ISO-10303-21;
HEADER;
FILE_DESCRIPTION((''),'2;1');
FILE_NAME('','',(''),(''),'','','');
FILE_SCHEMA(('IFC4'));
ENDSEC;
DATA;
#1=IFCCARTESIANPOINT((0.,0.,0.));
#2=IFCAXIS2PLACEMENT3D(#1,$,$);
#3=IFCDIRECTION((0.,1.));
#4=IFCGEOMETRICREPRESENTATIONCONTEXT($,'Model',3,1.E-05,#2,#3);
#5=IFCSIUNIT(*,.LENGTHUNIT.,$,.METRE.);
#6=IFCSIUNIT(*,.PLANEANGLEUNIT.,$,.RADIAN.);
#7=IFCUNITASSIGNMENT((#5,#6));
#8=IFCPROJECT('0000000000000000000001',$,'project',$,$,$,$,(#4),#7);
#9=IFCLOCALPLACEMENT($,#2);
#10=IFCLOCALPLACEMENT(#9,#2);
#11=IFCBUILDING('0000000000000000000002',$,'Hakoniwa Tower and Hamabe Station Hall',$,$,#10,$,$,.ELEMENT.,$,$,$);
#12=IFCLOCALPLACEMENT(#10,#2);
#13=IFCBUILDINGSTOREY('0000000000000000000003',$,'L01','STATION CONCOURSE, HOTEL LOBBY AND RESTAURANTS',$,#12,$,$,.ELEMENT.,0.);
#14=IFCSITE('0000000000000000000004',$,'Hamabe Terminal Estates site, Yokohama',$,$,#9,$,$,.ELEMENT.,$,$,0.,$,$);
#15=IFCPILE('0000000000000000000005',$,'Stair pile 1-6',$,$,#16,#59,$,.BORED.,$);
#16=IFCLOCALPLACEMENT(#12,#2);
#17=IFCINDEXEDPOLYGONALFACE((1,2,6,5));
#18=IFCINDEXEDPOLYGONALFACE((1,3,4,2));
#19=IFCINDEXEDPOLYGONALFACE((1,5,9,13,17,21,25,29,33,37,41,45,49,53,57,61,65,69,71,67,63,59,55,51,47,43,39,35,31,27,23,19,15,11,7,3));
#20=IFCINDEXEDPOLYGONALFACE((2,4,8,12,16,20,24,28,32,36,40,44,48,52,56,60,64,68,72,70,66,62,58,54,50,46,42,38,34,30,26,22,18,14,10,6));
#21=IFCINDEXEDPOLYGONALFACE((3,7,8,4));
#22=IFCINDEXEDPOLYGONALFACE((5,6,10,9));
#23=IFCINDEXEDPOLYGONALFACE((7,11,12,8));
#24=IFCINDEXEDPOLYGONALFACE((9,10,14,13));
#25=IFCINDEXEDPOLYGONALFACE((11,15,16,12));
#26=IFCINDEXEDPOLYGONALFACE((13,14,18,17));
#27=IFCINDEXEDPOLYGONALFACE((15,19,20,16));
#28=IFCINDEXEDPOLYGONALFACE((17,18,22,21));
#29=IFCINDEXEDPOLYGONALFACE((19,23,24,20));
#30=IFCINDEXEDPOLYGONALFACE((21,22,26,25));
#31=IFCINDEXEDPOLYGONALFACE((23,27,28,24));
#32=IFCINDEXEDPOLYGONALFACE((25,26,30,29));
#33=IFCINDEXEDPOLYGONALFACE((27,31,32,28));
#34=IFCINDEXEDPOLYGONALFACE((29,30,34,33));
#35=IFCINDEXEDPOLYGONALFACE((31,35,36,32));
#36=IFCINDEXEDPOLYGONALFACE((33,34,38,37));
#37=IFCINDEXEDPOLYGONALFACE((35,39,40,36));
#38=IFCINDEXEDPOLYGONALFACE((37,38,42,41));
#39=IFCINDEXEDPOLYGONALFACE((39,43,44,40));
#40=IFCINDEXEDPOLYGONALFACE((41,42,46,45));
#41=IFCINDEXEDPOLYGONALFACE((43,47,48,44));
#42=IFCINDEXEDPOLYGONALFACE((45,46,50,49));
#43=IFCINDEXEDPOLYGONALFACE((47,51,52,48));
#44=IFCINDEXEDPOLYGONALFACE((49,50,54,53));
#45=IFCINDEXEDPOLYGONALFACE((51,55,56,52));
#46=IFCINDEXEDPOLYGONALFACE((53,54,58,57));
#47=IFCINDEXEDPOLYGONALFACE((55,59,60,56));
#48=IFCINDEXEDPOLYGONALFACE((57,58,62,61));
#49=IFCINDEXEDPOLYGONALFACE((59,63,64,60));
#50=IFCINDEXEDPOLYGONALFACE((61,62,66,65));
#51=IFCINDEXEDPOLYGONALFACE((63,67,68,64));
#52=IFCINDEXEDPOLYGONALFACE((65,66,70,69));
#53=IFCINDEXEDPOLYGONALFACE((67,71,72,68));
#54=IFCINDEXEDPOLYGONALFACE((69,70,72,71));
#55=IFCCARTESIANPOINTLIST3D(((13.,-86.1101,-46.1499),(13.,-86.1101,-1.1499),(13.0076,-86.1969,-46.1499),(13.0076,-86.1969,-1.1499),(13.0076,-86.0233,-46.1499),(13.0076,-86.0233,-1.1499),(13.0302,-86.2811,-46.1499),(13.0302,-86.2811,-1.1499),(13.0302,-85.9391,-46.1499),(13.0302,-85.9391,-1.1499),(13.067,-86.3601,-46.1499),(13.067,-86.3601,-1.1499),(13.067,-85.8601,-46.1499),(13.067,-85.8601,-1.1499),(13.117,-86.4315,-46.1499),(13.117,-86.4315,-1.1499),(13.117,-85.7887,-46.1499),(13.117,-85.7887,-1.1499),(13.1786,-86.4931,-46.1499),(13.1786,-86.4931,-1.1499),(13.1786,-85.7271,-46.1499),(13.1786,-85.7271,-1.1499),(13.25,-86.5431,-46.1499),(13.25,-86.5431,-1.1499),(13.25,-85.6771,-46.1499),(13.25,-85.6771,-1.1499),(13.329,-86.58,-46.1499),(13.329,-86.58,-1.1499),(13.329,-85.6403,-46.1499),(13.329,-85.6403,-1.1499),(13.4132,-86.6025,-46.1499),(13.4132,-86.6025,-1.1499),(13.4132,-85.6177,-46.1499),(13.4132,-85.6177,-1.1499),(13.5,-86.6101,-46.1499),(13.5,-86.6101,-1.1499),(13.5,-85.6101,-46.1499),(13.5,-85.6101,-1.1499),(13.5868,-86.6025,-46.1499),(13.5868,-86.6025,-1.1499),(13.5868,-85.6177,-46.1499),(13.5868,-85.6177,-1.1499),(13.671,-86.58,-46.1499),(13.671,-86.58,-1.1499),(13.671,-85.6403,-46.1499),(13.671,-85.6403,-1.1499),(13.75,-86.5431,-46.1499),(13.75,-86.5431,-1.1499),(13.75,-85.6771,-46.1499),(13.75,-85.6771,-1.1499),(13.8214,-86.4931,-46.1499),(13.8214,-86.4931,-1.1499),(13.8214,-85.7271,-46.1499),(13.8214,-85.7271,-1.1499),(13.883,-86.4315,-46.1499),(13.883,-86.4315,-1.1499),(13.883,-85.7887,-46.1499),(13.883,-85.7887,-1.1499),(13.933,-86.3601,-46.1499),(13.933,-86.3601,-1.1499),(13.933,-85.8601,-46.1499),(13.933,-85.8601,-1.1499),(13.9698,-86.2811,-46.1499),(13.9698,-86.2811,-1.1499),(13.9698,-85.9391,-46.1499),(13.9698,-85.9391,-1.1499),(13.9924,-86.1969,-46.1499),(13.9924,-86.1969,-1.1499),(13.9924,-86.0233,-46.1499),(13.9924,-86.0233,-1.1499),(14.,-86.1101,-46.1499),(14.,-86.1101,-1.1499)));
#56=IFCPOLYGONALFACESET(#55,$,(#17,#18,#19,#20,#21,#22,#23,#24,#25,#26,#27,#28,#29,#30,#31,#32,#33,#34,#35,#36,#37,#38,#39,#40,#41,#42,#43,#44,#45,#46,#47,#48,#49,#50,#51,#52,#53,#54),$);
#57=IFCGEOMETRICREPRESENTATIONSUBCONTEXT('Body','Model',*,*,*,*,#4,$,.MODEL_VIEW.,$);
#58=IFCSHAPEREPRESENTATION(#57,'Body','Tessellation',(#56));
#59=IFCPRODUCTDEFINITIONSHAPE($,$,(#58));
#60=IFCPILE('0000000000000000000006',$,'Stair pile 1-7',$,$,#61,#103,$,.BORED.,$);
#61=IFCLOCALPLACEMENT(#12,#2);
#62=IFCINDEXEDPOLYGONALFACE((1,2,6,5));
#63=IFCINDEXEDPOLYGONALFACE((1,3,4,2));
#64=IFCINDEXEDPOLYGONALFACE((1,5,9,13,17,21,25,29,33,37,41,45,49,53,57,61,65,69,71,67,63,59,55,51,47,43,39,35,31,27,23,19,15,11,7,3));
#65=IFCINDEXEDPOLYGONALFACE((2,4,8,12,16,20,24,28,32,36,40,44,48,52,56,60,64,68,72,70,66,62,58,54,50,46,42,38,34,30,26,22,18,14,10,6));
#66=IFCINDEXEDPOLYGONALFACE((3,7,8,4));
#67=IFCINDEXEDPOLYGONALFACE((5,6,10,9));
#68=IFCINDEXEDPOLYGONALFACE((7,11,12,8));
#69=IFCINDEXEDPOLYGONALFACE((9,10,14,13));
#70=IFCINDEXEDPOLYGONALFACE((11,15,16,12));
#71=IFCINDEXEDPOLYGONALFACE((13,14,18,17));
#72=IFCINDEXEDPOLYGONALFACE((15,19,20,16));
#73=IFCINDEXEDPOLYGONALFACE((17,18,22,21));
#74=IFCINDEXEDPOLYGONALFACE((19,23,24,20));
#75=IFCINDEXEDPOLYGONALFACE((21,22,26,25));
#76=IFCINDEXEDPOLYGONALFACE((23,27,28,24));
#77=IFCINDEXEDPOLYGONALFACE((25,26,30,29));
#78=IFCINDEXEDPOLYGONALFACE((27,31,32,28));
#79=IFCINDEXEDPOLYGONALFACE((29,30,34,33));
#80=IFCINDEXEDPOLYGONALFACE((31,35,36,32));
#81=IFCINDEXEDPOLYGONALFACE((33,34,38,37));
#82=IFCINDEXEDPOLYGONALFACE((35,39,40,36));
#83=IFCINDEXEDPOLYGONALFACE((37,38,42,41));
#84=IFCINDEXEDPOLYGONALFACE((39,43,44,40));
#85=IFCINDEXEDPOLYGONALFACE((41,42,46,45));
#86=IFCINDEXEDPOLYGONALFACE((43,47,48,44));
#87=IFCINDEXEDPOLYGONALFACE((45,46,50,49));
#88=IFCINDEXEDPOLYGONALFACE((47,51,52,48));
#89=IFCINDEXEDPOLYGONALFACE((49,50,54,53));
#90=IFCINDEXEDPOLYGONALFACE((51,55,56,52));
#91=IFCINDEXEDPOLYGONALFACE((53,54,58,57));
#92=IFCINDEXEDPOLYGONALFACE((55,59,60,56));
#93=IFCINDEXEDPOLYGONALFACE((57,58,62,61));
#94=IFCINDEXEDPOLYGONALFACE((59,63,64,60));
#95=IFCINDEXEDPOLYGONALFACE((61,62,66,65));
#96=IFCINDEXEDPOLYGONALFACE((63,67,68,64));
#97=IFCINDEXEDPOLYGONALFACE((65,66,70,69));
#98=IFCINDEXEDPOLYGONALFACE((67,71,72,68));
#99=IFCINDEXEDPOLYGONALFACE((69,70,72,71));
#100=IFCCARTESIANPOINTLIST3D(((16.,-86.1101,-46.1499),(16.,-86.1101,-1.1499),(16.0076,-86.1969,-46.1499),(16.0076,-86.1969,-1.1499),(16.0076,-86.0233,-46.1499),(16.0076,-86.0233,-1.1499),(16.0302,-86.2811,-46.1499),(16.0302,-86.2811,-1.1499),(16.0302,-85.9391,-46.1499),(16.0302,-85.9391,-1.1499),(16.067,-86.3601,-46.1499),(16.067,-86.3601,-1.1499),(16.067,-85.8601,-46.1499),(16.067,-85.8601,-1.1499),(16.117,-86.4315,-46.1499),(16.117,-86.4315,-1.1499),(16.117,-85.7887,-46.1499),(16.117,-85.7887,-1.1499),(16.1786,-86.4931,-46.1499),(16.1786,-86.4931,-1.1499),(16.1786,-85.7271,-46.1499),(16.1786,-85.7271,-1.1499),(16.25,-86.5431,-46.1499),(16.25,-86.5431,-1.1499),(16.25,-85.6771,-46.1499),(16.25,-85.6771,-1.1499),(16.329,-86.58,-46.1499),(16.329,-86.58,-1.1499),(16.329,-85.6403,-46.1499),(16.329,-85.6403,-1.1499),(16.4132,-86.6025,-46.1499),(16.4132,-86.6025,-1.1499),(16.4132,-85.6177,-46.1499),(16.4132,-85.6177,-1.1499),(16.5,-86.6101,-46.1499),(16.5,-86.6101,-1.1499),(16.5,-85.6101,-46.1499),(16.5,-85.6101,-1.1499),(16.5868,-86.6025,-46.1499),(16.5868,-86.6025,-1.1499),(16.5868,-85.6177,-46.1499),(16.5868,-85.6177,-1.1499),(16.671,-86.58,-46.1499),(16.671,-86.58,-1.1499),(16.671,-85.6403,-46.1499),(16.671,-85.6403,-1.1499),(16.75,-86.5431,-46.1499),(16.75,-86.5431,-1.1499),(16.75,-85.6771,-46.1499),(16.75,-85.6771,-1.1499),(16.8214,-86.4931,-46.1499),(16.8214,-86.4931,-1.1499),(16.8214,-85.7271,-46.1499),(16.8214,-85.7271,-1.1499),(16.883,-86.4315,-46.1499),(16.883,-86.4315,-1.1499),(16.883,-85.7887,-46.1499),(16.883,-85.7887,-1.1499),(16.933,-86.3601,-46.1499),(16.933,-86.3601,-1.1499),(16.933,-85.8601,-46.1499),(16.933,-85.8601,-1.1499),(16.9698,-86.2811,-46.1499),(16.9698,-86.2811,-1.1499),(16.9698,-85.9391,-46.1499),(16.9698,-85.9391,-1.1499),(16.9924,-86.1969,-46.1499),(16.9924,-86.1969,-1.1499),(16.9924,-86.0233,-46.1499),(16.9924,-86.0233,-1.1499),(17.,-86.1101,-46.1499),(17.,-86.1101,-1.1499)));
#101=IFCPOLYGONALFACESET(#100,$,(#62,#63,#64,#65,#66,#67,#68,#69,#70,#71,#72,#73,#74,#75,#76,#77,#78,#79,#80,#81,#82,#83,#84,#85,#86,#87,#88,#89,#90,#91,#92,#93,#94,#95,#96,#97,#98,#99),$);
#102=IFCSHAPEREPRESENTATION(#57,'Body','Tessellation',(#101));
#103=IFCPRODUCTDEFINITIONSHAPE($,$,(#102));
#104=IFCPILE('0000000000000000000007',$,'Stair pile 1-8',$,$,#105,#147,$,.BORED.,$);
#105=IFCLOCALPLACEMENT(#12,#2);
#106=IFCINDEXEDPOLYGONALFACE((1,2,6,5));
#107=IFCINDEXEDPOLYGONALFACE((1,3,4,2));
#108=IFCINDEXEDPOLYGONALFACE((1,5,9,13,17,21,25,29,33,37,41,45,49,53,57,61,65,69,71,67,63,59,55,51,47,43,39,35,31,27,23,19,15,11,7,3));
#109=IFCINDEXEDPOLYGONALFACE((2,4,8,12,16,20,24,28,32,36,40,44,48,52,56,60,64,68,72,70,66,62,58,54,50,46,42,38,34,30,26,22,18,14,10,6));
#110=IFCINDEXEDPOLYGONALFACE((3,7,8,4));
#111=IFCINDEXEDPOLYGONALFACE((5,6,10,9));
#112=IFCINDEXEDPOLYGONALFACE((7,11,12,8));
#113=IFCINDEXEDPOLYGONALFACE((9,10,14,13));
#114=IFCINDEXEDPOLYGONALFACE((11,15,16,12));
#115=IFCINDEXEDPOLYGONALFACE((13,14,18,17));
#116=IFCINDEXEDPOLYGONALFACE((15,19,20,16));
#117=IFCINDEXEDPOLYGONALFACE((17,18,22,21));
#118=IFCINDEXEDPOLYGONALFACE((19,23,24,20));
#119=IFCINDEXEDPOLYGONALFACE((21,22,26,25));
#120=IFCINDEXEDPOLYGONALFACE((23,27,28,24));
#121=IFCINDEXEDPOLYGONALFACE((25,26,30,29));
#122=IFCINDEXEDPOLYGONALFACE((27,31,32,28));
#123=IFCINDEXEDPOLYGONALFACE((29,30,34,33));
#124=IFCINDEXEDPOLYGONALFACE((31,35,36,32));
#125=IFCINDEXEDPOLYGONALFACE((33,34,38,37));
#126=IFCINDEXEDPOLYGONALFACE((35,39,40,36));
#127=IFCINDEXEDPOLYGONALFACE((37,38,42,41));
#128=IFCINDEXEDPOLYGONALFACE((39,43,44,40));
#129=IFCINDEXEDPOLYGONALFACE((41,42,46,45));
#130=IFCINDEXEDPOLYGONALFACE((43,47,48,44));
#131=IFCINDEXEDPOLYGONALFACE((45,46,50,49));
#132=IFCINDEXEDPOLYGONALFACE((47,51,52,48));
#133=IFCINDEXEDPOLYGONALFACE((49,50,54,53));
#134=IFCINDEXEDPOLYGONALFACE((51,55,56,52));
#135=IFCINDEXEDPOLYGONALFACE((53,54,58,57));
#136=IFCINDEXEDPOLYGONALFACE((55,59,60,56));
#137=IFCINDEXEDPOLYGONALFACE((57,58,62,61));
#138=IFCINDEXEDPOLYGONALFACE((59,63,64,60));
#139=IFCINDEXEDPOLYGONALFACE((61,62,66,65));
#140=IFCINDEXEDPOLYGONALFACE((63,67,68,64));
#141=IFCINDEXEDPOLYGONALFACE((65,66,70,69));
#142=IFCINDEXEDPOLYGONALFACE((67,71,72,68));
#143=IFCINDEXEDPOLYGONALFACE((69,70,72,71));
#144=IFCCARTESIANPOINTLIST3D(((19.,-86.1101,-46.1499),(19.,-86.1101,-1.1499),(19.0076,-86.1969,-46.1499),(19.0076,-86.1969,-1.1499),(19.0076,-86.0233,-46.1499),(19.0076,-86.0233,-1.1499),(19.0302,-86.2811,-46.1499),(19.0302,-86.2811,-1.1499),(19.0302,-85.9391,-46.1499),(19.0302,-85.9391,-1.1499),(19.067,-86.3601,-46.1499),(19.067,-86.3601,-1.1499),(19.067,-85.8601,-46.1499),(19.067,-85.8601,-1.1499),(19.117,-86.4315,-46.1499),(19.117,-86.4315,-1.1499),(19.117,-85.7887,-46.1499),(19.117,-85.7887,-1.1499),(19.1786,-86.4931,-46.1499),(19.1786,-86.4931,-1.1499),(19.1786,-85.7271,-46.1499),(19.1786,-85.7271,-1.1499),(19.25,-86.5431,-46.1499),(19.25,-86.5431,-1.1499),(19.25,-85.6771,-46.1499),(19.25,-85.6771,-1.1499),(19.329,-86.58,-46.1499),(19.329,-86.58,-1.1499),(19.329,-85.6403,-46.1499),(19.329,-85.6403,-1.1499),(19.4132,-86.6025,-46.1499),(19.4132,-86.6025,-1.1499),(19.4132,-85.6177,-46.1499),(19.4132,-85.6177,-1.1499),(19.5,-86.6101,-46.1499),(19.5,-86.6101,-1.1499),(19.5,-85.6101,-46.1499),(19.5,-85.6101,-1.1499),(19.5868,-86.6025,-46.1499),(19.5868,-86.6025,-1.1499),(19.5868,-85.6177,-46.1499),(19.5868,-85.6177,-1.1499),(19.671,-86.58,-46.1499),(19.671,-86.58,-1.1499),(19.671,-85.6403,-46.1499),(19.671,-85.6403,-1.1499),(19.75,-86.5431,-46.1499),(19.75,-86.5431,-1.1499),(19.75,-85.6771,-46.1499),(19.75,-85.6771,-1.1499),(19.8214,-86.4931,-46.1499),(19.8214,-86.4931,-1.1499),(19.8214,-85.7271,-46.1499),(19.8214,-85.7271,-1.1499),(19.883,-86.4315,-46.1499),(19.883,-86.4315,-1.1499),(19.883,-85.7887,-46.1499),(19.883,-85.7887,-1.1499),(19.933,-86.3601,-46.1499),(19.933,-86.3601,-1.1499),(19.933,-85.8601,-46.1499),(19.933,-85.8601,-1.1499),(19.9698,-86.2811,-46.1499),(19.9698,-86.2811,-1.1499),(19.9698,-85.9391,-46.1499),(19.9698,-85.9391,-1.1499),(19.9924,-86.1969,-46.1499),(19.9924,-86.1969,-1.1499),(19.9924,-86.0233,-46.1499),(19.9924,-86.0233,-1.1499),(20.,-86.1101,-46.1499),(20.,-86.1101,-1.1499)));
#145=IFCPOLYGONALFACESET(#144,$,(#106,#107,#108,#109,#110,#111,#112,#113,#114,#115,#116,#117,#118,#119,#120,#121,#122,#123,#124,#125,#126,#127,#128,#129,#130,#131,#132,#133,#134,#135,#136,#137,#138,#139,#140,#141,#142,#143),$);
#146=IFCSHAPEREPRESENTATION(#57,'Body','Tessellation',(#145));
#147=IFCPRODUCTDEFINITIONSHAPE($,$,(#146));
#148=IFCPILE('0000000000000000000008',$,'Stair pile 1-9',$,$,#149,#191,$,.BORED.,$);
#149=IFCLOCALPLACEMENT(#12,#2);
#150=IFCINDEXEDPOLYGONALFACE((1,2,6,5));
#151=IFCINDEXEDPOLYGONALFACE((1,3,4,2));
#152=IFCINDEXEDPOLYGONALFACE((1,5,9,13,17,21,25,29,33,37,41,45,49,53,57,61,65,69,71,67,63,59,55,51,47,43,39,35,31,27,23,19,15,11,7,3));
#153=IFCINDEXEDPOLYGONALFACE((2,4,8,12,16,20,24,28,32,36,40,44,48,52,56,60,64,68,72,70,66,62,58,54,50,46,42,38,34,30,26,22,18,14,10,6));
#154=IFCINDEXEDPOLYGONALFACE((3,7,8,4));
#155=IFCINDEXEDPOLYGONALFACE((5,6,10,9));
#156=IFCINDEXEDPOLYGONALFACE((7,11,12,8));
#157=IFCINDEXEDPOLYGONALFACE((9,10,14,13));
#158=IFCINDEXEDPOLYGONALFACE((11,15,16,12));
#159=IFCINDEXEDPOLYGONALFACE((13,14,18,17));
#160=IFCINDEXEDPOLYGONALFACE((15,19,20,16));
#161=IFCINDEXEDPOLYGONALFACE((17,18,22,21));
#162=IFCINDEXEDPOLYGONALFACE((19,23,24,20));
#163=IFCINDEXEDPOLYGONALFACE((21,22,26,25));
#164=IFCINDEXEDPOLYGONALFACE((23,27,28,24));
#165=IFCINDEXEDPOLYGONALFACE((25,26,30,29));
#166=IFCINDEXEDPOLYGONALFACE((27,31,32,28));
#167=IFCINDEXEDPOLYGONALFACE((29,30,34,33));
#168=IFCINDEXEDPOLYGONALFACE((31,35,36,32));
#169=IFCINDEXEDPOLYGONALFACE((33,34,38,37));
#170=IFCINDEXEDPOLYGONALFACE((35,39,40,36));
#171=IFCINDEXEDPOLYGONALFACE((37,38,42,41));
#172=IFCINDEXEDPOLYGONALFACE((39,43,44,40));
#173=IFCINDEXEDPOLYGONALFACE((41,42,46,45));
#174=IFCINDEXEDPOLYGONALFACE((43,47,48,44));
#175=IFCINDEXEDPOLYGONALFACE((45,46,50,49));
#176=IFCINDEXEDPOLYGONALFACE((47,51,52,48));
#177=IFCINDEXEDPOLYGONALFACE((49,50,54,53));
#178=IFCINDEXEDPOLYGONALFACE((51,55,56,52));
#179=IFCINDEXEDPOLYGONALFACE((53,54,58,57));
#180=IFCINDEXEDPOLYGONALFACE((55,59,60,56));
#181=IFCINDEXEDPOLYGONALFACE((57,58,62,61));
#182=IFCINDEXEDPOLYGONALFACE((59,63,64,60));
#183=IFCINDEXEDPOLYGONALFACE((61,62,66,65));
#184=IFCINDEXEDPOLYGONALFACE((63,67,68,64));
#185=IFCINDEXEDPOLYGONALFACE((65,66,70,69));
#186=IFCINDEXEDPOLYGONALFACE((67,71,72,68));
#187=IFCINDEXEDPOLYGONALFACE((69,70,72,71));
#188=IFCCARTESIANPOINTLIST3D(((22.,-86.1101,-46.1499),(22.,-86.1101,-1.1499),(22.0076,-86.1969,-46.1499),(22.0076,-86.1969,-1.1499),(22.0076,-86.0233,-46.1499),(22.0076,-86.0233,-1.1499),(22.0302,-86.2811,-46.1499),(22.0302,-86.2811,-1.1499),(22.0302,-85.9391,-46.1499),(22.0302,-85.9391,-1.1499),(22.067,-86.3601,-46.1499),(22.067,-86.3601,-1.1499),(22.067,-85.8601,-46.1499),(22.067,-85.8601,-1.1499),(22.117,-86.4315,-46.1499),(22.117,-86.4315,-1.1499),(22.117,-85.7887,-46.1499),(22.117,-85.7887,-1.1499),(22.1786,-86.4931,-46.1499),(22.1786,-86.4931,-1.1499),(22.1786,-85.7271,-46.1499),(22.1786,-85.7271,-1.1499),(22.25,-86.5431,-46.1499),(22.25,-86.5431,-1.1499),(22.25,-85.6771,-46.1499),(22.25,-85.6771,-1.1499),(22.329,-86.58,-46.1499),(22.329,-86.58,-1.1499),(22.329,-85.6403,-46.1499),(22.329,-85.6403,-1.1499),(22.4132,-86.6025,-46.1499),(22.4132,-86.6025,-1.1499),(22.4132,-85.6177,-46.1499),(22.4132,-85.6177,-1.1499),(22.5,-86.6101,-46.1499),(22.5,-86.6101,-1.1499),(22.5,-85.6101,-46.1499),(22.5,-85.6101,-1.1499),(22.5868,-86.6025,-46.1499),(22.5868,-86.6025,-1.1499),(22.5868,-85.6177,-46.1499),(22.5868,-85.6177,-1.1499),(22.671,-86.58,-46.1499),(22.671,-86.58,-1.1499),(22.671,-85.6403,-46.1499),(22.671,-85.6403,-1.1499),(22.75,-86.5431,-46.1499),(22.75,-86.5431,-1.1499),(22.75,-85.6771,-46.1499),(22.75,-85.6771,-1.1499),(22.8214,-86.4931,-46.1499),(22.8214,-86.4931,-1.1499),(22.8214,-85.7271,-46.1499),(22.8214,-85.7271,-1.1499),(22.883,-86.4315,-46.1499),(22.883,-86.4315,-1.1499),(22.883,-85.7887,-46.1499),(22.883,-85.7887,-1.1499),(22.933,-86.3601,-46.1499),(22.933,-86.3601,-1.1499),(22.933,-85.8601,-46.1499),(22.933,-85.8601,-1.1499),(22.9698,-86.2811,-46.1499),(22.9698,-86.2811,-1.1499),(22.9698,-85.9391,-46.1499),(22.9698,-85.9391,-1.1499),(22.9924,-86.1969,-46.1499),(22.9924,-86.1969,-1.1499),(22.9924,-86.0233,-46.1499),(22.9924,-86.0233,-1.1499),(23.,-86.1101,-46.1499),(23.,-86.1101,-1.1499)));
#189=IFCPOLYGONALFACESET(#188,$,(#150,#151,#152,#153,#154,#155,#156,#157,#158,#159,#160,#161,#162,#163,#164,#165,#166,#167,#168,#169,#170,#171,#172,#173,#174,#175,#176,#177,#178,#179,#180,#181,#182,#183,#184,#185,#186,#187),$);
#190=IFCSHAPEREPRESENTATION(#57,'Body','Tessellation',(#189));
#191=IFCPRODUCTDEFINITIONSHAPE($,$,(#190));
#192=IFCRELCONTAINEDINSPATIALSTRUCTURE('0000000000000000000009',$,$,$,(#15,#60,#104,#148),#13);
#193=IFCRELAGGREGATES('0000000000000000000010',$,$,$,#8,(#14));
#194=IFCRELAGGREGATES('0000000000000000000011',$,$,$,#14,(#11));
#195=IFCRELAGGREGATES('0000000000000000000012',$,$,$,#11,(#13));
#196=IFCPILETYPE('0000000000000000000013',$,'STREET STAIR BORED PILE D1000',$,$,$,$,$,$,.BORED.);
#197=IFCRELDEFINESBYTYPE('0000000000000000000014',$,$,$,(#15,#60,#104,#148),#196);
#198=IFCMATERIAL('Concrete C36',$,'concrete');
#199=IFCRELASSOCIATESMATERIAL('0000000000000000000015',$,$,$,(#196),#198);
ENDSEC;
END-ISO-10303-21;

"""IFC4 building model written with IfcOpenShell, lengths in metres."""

from ifc_helpers import new_model, si_unit, direction, frame, origin, origin_2d, place, context, subcontext, project, spatial, circle, extrude, material, material_profile, profile_set, type_object, element, save


model = new_model("IFC4")

# Units and contexts
model_context = context("Model", 3, precision=1e-05, world=origin(), true_north=direction((0.0, 1.0)))
body_context = subcontext(model_context, "Body", "Model", "MODEL_VIEW")
ifc_project = project(units=[si_unit("LENGTHUNIT", "METRE"), si_unit("PLANEANGLEUNIT", "RADIAN")], contexts=[model_context])

# Site, building, storey
site_placement = place(None, origin())
site = spatial("IfcSite", under=ifc_project, at=site_placement, Name="Hamabe Terminal Estates site, Yokohama", CompositionType="ELEMENT", RefElevation=0.0)
building_placement = place(site_placement, origin())
building = spatial("IfcBuilding", under=site, at=building_placement, Name="Hakoniwa Tower and Hamabe Station Hall", CompositionType="ELEMENT")
storey_placement = place(building_placement, origin())
storey = spatial("IfcBuildingStorey", under=building, at=storey_placement, Name="L01", Description="STATION CONCOURSE, HOTEL LOBBY AND RESTAURANTS", CompositionType="ELEMENT", Elevation=0.0)

# Piles
ifc_material_1 = material(Name="Concrete C36", Category="concrete")
ifc_material_profile = material_profile(ifc_material_1, circle(Radius=0.5, at=origin_2d()), Name="STREET STAIR BORED PILE D1000")
ifc_profile_set = profile_set([ifc_material_profile], Name="Concrete C36")
pile_type = type_object("IfcPileType", Name="STREET STAIR BORED PILE D1000", PredefinedType="BORED", material=ifc_profile_set)
for number, where, z_axis, x_axis, name in (
    (1, (13.5, -86.1101, -1.1499), (0.0, 0.0, -1.0), (1.0, 0.0, 0.0), "Stair pile 1-6"),
    (2, (16.5, -86.1101, -1.1499), (0.0, 0.0, -1.0), (1.0, 0.0, 0.0), "Stair pile 1-7"),
    (3, (19.5, -86.1101, -1.1499), (0.0, 0.0, -1.0), (1.0, 0.0, 0.0), "Stair pile 1-8"),
    (4, (22.5, -86.1101, -1.1499), (0.0, 0.0, -1.0), (1.0, 0.0, 0.0), "Stair pile 1-9"),
):
    element("IfcPile", number, at=place(storey_placement, frame(where, z_axis=z_axis, x_axis=x_axis)), inside=storey, type_object=pile_type, Name=name, PredefinedType="BORED", context=body_context, shape_type="SweptSolid", body=[
        extrude(circle(Radius=0.5, at=origin_2d()), origin(), (0.0, 0.0, 1.0), 45.0),
    ])

save(model, "model.ifc")
